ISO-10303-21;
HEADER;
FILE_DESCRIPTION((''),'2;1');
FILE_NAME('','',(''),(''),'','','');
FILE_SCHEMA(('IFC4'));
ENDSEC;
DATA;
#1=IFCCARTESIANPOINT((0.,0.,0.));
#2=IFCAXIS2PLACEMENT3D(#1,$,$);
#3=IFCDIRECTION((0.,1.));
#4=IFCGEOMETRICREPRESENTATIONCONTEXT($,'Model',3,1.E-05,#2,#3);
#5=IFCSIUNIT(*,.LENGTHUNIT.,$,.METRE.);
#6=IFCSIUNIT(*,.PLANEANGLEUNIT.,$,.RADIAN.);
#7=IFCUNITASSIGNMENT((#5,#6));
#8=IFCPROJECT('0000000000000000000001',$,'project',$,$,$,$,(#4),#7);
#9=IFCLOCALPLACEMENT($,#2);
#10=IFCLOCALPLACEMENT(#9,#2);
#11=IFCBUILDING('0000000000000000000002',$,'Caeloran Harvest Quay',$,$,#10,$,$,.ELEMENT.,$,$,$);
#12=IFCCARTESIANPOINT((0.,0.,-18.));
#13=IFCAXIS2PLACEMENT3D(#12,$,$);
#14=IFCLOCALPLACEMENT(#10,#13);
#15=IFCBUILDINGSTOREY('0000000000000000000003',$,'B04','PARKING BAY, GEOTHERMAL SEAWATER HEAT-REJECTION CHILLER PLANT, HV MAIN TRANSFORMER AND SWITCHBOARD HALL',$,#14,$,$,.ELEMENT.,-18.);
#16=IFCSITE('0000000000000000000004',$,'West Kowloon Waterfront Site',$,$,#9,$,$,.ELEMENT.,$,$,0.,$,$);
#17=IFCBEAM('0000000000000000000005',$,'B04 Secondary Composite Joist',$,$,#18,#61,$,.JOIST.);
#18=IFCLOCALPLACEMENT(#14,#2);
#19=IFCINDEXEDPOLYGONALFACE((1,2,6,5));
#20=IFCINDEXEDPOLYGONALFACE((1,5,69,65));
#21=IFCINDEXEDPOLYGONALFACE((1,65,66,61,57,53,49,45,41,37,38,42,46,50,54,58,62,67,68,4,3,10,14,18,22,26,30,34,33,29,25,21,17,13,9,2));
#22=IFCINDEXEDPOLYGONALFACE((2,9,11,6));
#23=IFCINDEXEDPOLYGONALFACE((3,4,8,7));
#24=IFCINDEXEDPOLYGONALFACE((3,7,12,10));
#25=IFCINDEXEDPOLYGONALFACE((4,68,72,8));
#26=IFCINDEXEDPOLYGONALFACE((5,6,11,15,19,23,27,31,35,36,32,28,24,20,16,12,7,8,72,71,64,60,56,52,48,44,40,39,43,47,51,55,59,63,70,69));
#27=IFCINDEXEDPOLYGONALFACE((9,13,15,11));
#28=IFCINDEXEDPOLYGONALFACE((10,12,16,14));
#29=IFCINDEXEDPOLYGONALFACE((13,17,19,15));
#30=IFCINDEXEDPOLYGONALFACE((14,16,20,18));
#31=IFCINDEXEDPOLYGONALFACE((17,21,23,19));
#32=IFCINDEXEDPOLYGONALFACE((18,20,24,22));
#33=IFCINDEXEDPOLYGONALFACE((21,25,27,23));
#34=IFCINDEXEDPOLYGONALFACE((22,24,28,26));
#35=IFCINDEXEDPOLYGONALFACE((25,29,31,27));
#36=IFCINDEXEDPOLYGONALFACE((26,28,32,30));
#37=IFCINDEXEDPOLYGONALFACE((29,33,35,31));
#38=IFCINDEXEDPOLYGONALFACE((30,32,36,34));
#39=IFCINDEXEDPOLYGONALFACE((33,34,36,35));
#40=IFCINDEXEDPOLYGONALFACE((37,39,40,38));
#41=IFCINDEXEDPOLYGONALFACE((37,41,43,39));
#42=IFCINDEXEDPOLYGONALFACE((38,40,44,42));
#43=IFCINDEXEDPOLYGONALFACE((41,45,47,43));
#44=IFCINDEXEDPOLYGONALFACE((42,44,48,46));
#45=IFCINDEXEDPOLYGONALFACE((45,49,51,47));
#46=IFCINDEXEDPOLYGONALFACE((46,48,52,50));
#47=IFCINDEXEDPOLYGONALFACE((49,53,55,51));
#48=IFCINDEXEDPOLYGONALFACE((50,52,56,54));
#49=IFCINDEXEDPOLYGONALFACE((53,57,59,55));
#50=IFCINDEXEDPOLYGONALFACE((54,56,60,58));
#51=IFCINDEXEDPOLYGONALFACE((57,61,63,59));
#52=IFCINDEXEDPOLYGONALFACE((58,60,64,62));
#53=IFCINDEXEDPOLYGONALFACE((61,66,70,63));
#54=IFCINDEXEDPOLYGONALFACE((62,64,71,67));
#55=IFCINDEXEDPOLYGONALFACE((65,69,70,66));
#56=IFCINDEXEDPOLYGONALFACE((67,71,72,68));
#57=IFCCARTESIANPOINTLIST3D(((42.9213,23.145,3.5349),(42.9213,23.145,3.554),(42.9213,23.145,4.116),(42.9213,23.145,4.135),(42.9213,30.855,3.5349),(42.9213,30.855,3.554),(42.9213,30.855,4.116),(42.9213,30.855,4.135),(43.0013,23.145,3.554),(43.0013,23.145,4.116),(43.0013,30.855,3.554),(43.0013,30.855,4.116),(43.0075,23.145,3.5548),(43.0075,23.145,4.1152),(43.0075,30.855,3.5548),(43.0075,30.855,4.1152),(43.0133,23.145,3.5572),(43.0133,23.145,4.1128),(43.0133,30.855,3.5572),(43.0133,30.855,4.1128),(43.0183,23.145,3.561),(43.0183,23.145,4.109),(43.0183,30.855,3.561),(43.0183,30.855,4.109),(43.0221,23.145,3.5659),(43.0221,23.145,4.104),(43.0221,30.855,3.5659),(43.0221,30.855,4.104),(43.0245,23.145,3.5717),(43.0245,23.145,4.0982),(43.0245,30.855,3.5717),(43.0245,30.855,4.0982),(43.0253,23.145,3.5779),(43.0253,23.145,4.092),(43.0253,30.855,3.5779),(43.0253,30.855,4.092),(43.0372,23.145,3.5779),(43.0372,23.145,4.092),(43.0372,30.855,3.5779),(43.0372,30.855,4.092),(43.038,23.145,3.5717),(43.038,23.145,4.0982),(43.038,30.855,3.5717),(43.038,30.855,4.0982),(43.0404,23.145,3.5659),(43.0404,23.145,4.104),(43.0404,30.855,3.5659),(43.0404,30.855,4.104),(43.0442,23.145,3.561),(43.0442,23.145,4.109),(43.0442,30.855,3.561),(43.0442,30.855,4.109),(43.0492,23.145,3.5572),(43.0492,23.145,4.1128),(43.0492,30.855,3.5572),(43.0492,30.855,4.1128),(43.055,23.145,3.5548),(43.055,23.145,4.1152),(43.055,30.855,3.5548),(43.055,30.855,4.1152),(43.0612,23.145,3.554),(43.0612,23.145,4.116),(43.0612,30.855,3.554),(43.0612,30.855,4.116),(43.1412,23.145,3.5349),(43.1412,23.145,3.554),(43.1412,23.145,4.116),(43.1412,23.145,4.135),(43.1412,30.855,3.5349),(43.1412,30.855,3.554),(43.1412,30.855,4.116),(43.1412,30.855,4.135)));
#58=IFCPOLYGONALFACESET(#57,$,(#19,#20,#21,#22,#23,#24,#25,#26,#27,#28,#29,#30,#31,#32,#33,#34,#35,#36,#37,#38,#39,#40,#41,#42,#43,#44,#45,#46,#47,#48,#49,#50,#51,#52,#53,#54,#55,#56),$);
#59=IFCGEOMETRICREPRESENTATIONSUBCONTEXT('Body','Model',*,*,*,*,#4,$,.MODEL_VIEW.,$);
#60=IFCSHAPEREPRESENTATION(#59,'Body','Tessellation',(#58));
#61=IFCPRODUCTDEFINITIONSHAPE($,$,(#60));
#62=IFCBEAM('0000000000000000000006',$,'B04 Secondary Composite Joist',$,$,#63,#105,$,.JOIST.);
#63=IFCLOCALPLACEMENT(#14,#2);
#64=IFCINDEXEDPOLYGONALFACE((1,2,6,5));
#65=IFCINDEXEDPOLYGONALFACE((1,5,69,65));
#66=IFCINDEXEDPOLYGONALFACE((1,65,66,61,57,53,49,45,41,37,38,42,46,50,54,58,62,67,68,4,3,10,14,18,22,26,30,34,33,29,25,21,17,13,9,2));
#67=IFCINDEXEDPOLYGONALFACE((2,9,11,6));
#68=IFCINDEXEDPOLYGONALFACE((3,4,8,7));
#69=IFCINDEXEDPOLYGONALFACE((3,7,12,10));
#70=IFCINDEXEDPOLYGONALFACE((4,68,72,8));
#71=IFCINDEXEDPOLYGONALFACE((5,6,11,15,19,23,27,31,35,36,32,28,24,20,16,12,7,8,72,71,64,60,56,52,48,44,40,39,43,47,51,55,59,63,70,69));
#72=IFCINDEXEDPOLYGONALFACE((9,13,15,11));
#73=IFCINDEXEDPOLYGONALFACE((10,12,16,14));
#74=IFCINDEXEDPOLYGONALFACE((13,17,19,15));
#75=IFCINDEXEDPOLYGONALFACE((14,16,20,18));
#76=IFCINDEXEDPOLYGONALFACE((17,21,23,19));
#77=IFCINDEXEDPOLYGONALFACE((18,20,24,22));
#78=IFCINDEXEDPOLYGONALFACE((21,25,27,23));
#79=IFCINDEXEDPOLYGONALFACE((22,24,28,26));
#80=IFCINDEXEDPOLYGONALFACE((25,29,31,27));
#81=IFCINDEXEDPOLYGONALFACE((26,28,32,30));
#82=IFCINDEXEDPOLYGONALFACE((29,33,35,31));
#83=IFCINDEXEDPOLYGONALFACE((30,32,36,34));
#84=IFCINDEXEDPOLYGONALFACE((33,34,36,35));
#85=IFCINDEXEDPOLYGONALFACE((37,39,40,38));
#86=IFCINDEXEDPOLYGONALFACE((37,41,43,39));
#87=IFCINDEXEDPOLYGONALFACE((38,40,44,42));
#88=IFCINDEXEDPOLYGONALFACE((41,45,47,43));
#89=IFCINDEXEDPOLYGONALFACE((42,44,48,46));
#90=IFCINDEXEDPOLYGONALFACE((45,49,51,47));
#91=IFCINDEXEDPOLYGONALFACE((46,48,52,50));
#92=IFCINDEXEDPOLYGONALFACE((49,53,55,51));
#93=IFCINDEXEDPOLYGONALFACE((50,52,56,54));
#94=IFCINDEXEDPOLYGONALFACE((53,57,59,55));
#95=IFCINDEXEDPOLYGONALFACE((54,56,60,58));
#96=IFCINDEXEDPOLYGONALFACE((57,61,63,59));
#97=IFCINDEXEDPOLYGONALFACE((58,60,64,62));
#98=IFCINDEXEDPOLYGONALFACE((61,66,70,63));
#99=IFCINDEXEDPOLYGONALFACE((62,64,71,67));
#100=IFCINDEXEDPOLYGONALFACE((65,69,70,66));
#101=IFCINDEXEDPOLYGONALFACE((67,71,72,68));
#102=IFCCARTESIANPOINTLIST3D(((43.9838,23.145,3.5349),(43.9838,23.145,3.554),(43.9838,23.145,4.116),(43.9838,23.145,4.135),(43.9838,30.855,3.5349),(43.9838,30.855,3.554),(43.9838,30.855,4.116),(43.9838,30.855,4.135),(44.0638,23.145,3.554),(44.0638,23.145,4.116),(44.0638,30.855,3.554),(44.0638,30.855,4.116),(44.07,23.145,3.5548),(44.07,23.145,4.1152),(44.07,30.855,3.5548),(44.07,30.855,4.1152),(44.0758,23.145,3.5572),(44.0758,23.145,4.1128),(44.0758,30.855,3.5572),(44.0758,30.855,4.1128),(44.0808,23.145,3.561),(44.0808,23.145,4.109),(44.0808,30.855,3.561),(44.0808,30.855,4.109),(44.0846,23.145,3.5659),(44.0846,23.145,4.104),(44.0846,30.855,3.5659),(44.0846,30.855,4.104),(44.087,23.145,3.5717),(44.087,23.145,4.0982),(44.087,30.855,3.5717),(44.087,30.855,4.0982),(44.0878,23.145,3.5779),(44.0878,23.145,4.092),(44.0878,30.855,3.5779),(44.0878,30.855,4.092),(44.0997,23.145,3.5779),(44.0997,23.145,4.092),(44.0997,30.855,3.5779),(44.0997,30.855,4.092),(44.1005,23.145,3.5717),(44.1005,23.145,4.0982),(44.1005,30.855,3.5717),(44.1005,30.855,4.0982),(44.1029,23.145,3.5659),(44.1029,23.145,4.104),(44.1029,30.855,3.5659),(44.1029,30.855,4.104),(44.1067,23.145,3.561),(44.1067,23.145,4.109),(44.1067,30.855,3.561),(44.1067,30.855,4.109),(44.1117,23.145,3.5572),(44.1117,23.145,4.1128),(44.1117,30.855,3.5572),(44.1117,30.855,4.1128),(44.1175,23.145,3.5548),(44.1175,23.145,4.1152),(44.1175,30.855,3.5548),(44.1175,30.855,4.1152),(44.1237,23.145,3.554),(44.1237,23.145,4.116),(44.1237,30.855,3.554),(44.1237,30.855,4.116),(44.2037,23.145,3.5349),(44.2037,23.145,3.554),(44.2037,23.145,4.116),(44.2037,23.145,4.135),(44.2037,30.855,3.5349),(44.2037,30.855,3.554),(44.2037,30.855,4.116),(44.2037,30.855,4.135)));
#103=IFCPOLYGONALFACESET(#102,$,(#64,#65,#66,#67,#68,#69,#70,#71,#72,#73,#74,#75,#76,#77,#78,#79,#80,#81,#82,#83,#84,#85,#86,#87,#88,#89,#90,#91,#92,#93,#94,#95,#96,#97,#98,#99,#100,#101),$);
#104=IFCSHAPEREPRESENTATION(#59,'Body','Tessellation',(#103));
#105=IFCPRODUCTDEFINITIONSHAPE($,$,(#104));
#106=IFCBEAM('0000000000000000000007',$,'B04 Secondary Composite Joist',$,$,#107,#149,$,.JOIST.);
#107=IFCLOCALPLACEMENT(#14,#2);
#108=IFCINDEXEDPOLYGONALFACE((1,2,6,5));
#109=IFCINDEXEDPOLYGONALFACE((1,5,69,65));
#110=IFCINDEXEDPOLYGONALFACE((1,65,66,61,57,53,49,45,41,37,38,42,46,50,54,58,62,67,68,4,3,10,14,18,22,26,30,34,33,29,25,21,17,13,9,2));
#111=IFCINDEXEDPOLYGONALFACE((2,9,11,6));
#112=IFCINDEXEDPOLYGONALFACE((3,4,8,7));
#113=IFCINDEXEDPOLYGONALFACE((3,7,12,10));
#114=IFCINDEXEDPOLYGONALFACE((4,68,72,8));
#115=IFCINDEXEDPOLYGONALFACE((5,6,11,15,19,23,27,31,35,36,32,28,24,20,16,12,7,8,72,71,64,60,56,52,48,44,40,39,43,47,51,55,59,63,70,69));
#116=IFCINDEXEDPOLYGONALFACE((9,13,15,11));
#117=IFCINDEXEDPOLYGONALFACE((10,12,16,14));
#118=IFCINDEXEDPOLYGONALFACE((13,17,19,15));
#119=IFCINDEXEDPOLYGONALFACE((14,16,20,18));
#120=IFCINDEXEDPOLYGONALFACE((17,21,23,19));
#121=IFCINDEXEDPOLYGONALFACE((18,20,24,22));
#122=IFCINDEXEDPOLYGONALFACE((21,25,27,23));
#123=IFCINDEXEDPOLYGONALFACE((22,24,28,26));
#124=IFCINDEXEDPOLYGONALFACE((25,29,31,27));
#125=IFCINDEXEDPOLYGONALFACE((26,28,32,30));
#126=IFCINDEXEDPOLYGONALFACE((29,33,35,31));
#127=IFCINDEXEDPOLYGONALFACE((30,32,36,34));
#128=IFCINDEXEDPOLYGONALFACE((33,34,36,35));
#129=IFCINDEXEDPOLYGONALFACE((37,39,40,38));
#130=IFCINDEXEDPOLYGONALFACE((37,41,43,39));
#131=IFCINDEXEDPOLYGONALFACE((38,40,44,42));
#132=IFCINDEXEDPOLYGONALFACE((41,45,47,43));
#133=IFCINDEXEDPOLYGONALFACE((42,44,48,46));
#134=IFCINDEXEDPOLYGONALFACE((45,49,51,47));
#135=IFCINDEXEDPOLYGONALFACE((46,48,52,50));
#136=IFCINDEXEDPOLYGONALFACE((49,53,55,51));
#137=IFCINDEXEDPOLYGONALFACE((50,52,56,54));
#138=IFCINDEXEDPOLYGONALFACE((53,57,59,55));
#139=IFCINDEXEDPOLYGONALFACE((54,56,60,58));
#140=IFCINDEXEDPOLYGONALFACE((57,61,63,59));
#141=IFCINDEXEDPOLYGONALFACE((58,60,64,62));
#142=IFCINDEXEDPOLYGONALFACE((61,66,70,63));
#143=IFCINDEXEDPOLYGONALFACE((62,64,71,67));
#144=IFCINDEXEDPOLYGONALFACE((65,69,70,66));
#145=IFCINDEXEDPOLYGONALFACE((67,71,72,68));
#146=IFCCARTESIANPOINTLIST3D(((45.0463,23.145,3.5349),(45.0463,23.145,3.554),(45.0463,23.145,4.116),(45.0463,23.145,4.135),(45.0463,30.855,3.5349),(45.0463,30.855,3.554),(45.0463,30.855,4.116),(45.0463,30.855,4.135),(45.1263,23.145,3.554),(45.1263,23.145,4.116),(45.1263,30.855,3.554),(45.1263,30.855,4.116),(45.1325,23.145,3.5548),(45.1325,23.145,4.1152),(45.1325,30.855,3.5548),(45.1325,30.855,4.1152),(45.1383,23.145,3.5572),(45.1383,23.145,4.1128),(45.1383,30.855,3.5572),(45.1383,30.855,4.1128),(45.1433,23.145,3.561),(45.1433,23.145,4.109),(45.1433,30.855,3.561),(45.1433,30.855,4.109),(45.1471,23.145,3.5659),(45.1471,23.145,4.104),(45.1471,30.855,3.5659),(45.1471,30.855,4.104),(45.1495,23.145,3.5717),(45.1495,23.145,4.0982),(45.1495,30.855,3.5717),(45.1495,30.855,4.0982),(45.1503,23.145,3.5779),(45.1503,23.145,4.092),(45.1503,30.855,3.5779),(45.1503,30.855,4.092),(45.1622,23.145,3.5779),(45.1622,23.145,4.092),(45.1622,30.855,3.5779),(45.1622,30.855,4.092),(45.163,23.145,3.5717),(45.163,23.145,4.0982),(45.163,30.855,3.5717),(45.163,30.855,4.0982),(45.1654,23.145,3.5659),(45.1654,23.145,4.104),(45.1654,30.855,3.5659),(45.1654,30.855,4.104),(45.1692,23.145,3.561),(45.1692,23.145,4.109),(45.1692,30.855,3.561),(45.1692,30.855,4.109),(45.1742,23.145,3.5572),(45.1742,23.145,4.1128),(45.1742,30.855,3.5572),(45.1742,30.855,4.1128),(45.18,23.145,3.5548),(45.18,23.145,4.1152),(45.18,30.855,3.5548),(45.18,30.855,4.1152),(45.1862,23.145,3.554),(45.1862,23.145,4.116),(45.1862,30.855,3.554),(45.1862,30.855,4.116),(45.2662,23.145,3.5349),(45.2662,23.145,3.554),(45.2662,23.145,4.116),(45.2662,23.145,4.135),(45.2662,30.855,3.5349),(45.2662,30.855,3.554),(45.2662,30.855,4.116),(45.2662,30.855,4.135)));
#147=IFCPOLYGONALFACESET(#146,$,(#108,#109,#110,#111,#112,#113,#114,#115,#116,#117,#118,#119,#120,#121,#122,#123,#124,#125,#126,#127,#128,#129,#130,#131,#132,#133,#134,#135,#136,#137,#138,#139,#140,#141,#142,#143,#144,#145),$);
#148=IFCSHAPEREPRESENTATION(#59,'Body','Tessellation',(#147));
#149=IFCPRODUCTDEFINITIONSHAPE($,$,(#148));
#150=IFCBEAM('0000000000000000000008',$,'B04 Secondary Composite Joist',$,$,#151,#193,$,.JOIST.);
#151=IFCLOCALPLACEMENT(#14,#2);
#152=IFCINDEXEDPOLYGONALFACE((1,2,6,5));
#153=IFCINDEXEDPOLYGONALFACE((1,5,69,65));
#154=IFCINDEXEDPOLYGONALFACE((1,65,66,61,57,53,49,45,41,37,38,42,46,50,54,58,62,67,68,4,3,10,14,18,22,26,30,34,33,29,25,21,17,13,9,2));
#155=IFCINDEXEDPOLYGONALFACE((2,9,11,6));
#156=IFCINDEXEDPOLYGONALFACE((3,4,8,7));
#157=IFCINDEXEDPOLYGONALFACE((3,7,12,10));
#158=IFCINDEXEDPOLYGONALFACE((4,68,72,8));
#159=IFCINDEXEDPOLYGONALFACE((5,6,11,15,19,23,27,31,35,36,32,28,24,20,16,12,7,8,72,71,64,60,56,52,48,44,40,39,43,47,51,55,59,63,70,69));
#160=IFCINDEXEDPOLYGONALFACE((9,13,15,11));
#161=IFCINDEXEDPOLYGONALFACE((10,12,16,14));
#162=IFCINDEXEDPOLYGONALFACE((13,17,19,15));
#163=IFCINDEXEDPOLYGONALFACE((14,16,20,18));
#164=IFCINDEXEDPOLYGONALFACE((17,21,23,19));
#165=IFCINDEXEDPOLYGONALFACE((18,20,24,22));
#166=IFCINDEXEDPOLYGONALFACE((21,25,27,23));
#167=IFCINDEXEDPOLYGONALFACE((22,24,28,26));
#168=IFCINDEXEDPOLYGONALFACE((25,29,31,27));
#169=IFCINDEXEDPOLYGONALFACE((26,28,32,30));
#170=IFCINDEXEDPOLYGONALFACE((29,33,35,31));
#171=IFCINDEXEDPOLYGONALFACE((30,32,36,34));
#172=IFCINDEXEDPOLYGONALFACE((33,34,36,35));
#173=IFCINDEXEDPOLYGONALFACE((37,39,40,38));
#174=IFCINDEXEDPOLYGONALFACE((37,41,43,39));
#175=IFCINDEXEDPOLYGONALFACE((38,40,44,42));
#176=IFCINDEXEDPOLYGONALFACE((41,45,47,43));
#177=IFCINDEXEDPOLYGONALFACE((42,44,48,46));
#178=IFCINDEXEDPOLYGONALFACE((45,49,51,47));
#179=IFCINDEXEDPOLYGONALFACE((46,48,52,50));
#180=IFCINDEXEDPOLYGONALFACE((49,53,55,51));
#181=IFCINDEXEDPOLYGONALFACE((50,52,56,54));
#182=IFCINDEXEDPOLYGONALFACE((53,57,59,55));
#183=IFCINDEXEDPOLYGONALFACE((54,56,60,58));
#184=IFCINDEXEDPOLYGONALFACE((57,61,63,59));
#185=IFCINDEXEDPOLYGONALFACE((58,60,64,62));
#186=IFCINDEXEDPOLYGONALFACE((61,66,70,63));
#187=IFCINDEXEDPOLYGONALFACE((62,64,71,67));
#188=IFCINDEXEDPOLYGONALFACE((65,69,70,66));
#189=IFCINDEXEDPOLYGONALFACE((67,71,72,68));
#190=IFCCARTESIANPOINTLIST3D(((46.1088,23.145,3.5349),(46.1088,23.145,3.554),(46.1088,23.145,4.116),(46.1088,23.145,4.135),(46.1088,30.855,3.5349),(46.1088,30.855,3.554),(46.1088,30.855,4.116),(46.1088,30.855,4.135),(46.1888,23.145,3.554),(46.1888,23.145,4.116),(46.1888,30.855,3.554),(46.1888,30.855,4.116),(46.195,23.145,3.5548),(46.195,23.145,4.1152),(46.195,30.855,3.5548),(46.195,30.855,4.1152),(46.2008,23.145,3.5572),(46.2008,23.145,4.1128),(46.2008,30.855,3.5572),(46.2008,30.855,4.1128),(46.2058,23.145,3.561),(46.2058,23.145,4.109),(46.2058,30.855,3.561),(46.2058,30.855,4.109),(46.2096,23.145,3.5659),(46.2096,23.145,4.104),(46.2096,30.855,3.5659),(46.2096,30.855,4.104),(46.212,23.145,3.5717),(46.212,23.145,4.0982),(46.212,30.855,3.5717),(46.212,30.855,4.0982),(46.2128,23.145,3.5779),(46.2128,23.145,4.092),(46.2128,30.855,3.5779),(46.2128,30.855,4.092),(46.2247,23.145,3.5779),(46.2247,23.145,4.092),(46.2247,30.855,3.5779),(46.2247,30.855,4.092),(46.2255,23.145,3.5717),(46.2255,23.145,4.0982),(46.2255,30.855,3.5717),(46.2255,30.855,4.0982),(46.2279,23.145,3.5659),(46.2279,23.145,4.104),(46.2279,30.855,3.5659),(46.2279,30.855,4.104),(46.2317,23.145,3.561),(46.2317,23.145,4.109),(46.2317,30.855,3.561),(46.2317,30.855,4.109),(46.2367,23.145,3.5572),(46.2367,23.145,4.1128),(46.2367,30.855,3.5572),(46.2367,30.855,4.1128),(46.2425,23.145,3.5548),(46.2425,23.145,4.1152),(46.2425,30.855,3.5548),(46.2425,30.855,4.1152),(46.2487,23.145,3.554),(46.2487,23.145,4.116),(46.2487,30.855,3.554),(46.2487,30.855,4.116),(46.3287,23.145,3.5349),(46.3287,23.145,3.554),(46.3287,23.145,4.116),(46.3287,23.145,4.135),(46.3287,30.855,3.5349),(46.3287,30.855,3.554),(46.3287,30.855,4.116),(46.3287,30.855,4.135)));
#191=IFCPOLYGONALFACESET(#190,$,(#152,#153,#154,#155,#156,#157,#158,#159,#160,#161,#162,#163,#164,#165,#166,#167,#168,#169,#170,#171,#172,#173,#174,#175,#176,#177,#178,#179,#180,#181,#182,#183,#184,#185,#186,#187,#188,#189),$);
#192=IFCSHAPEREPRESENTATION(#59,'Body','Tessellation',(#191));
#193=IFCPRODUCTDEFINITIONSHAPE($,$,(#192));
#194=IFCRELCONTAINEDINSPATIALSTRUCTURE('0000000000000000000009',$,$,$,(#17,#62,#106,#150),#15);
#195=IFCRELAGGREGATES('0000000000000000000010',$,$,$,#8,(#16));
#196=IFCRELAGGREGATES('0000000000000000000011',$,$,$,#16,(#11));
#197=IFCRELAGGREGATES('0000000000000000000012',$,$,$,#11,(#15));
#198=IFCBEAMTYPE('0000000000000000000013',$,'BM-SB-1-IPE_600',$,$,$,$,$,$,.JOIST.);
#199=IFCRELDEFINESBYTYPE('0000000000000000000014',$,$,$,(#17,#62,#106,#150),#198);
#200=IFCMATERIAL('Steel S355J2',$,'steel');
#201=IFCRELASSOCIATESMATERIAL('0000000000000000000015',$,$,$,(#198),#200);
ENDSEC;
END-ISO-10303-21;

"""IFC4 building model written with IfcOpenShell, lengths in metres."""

from ifc_helpers import new_model, si_unit, direction, frame, origin, origin_2d, place, context, subcontext, project, spatial, i_section, extrude, material, material_profile, profile_set, type_object, element, save


model = new_model("IFC4")

# Units and contexts
model_context = context("Model", 3, precision=1e-05, world=origin(), true_north=direction((0.0, 1.0)))
body_context = subcontext(model_context, "Body", "Model", "MODEL_VIEW")
ifc_project = project(units=[si_unit("LENGTHUNIT", "METRE"), si_unit("PLANEANGLEUNIT", "RADIAN")], contexts=[model_context])

# Site, building, storey
site_placement = place(None, origin())
site = spatial("IfcSite", under=ifc_project, at=site_placement, Name="West Kowloon Waterfront Site", CompositionType="ELEMENT", RefElevation=0.0)
building_placement = place(site_placement, origin())
building = spatial("IfcBuilding", under=site, at=building_placement, Name="Caeloran Harvest Quay", CompositionType="ELEMENT")
storey_placement = place(building_placement, frame((0.0, 0.0, -18.0)))
storey = spatial("IfcBuildingStorey", under=building, at=storey_placement, Name="B04", Description="PARKING BAY, GEOTHERMAL SEAWATER HEAT-REJECTION CHILLER PLANT, HV MAIN TRANSFORMER AND SWITCHBOARD HALL", CompositionType="ELEMENT", Elevation=-18.0)

# Beams
ifc_material_1 = material(Name="Steel S355J2", Category="steel")
ifc_material_profile_1 = material_profile(ifc_material_1, i_section(OverallWidth=0.22, OverallDepth=0.6001, WebThickness=0.012, FlangeThickness=0.019, FilletRadius=0.0239, at=origin_2d()), Name="IPE 600")
ifc_profile_set_1 = profile_set([ifc_material_profile_1], Name="Steel S355J2")
beam_type_1 = type_object("IfcBeamType", Name="BM-SB-1-IPE_600", PredefinedType="JOIST", material=ifc_profile_set_1)
for number, where, z_axis, x_axis, name in (
    (1, (43.0312, 23.145, 3.835), (0.0, 1.0, 0.0), (-1.0, 0.0, 0.0), "B04 Secondary Composite Joist"),
    (2, (44.0938, 23.145, 3.835), (0.0, 1.0, 0.0), (-1.0, 0.0, 0.0), "B04 Secondary Composite Joist"),
    (3, (45.1562, 23.145, 3.835), (0.0, 1.0, 0.0), (-1.0, 0.0, 0.0), "B04 Secondary Composite Joist"),
    (4, (46.2188, 23.145, 3.835), (0.0, 1.0, 0.0), (-1.0, 0.0, 0.0), "B04 Secondary Composite Joist"),
):
    element("IfcBeam", number, at=place(storey_placement, frame(where, z_axis=z_axis, x_axis=x_axis)), inside=storey, type_object=beam_type_1, Name=name, PredefinedType="JOIST", context=body_context, shape_type="SweptSolid", body=[
        extrude(i_section(OverallWidth=0.22, OverallDepth=0.6001, WebThickness=0.012, FlangeThickness=0.019, FilletRadius=0.0239, at=origin_2d()), origin(), (0.0, 0.0, 1.0), 7.71),
    ])

save(model, "model.ifc")
